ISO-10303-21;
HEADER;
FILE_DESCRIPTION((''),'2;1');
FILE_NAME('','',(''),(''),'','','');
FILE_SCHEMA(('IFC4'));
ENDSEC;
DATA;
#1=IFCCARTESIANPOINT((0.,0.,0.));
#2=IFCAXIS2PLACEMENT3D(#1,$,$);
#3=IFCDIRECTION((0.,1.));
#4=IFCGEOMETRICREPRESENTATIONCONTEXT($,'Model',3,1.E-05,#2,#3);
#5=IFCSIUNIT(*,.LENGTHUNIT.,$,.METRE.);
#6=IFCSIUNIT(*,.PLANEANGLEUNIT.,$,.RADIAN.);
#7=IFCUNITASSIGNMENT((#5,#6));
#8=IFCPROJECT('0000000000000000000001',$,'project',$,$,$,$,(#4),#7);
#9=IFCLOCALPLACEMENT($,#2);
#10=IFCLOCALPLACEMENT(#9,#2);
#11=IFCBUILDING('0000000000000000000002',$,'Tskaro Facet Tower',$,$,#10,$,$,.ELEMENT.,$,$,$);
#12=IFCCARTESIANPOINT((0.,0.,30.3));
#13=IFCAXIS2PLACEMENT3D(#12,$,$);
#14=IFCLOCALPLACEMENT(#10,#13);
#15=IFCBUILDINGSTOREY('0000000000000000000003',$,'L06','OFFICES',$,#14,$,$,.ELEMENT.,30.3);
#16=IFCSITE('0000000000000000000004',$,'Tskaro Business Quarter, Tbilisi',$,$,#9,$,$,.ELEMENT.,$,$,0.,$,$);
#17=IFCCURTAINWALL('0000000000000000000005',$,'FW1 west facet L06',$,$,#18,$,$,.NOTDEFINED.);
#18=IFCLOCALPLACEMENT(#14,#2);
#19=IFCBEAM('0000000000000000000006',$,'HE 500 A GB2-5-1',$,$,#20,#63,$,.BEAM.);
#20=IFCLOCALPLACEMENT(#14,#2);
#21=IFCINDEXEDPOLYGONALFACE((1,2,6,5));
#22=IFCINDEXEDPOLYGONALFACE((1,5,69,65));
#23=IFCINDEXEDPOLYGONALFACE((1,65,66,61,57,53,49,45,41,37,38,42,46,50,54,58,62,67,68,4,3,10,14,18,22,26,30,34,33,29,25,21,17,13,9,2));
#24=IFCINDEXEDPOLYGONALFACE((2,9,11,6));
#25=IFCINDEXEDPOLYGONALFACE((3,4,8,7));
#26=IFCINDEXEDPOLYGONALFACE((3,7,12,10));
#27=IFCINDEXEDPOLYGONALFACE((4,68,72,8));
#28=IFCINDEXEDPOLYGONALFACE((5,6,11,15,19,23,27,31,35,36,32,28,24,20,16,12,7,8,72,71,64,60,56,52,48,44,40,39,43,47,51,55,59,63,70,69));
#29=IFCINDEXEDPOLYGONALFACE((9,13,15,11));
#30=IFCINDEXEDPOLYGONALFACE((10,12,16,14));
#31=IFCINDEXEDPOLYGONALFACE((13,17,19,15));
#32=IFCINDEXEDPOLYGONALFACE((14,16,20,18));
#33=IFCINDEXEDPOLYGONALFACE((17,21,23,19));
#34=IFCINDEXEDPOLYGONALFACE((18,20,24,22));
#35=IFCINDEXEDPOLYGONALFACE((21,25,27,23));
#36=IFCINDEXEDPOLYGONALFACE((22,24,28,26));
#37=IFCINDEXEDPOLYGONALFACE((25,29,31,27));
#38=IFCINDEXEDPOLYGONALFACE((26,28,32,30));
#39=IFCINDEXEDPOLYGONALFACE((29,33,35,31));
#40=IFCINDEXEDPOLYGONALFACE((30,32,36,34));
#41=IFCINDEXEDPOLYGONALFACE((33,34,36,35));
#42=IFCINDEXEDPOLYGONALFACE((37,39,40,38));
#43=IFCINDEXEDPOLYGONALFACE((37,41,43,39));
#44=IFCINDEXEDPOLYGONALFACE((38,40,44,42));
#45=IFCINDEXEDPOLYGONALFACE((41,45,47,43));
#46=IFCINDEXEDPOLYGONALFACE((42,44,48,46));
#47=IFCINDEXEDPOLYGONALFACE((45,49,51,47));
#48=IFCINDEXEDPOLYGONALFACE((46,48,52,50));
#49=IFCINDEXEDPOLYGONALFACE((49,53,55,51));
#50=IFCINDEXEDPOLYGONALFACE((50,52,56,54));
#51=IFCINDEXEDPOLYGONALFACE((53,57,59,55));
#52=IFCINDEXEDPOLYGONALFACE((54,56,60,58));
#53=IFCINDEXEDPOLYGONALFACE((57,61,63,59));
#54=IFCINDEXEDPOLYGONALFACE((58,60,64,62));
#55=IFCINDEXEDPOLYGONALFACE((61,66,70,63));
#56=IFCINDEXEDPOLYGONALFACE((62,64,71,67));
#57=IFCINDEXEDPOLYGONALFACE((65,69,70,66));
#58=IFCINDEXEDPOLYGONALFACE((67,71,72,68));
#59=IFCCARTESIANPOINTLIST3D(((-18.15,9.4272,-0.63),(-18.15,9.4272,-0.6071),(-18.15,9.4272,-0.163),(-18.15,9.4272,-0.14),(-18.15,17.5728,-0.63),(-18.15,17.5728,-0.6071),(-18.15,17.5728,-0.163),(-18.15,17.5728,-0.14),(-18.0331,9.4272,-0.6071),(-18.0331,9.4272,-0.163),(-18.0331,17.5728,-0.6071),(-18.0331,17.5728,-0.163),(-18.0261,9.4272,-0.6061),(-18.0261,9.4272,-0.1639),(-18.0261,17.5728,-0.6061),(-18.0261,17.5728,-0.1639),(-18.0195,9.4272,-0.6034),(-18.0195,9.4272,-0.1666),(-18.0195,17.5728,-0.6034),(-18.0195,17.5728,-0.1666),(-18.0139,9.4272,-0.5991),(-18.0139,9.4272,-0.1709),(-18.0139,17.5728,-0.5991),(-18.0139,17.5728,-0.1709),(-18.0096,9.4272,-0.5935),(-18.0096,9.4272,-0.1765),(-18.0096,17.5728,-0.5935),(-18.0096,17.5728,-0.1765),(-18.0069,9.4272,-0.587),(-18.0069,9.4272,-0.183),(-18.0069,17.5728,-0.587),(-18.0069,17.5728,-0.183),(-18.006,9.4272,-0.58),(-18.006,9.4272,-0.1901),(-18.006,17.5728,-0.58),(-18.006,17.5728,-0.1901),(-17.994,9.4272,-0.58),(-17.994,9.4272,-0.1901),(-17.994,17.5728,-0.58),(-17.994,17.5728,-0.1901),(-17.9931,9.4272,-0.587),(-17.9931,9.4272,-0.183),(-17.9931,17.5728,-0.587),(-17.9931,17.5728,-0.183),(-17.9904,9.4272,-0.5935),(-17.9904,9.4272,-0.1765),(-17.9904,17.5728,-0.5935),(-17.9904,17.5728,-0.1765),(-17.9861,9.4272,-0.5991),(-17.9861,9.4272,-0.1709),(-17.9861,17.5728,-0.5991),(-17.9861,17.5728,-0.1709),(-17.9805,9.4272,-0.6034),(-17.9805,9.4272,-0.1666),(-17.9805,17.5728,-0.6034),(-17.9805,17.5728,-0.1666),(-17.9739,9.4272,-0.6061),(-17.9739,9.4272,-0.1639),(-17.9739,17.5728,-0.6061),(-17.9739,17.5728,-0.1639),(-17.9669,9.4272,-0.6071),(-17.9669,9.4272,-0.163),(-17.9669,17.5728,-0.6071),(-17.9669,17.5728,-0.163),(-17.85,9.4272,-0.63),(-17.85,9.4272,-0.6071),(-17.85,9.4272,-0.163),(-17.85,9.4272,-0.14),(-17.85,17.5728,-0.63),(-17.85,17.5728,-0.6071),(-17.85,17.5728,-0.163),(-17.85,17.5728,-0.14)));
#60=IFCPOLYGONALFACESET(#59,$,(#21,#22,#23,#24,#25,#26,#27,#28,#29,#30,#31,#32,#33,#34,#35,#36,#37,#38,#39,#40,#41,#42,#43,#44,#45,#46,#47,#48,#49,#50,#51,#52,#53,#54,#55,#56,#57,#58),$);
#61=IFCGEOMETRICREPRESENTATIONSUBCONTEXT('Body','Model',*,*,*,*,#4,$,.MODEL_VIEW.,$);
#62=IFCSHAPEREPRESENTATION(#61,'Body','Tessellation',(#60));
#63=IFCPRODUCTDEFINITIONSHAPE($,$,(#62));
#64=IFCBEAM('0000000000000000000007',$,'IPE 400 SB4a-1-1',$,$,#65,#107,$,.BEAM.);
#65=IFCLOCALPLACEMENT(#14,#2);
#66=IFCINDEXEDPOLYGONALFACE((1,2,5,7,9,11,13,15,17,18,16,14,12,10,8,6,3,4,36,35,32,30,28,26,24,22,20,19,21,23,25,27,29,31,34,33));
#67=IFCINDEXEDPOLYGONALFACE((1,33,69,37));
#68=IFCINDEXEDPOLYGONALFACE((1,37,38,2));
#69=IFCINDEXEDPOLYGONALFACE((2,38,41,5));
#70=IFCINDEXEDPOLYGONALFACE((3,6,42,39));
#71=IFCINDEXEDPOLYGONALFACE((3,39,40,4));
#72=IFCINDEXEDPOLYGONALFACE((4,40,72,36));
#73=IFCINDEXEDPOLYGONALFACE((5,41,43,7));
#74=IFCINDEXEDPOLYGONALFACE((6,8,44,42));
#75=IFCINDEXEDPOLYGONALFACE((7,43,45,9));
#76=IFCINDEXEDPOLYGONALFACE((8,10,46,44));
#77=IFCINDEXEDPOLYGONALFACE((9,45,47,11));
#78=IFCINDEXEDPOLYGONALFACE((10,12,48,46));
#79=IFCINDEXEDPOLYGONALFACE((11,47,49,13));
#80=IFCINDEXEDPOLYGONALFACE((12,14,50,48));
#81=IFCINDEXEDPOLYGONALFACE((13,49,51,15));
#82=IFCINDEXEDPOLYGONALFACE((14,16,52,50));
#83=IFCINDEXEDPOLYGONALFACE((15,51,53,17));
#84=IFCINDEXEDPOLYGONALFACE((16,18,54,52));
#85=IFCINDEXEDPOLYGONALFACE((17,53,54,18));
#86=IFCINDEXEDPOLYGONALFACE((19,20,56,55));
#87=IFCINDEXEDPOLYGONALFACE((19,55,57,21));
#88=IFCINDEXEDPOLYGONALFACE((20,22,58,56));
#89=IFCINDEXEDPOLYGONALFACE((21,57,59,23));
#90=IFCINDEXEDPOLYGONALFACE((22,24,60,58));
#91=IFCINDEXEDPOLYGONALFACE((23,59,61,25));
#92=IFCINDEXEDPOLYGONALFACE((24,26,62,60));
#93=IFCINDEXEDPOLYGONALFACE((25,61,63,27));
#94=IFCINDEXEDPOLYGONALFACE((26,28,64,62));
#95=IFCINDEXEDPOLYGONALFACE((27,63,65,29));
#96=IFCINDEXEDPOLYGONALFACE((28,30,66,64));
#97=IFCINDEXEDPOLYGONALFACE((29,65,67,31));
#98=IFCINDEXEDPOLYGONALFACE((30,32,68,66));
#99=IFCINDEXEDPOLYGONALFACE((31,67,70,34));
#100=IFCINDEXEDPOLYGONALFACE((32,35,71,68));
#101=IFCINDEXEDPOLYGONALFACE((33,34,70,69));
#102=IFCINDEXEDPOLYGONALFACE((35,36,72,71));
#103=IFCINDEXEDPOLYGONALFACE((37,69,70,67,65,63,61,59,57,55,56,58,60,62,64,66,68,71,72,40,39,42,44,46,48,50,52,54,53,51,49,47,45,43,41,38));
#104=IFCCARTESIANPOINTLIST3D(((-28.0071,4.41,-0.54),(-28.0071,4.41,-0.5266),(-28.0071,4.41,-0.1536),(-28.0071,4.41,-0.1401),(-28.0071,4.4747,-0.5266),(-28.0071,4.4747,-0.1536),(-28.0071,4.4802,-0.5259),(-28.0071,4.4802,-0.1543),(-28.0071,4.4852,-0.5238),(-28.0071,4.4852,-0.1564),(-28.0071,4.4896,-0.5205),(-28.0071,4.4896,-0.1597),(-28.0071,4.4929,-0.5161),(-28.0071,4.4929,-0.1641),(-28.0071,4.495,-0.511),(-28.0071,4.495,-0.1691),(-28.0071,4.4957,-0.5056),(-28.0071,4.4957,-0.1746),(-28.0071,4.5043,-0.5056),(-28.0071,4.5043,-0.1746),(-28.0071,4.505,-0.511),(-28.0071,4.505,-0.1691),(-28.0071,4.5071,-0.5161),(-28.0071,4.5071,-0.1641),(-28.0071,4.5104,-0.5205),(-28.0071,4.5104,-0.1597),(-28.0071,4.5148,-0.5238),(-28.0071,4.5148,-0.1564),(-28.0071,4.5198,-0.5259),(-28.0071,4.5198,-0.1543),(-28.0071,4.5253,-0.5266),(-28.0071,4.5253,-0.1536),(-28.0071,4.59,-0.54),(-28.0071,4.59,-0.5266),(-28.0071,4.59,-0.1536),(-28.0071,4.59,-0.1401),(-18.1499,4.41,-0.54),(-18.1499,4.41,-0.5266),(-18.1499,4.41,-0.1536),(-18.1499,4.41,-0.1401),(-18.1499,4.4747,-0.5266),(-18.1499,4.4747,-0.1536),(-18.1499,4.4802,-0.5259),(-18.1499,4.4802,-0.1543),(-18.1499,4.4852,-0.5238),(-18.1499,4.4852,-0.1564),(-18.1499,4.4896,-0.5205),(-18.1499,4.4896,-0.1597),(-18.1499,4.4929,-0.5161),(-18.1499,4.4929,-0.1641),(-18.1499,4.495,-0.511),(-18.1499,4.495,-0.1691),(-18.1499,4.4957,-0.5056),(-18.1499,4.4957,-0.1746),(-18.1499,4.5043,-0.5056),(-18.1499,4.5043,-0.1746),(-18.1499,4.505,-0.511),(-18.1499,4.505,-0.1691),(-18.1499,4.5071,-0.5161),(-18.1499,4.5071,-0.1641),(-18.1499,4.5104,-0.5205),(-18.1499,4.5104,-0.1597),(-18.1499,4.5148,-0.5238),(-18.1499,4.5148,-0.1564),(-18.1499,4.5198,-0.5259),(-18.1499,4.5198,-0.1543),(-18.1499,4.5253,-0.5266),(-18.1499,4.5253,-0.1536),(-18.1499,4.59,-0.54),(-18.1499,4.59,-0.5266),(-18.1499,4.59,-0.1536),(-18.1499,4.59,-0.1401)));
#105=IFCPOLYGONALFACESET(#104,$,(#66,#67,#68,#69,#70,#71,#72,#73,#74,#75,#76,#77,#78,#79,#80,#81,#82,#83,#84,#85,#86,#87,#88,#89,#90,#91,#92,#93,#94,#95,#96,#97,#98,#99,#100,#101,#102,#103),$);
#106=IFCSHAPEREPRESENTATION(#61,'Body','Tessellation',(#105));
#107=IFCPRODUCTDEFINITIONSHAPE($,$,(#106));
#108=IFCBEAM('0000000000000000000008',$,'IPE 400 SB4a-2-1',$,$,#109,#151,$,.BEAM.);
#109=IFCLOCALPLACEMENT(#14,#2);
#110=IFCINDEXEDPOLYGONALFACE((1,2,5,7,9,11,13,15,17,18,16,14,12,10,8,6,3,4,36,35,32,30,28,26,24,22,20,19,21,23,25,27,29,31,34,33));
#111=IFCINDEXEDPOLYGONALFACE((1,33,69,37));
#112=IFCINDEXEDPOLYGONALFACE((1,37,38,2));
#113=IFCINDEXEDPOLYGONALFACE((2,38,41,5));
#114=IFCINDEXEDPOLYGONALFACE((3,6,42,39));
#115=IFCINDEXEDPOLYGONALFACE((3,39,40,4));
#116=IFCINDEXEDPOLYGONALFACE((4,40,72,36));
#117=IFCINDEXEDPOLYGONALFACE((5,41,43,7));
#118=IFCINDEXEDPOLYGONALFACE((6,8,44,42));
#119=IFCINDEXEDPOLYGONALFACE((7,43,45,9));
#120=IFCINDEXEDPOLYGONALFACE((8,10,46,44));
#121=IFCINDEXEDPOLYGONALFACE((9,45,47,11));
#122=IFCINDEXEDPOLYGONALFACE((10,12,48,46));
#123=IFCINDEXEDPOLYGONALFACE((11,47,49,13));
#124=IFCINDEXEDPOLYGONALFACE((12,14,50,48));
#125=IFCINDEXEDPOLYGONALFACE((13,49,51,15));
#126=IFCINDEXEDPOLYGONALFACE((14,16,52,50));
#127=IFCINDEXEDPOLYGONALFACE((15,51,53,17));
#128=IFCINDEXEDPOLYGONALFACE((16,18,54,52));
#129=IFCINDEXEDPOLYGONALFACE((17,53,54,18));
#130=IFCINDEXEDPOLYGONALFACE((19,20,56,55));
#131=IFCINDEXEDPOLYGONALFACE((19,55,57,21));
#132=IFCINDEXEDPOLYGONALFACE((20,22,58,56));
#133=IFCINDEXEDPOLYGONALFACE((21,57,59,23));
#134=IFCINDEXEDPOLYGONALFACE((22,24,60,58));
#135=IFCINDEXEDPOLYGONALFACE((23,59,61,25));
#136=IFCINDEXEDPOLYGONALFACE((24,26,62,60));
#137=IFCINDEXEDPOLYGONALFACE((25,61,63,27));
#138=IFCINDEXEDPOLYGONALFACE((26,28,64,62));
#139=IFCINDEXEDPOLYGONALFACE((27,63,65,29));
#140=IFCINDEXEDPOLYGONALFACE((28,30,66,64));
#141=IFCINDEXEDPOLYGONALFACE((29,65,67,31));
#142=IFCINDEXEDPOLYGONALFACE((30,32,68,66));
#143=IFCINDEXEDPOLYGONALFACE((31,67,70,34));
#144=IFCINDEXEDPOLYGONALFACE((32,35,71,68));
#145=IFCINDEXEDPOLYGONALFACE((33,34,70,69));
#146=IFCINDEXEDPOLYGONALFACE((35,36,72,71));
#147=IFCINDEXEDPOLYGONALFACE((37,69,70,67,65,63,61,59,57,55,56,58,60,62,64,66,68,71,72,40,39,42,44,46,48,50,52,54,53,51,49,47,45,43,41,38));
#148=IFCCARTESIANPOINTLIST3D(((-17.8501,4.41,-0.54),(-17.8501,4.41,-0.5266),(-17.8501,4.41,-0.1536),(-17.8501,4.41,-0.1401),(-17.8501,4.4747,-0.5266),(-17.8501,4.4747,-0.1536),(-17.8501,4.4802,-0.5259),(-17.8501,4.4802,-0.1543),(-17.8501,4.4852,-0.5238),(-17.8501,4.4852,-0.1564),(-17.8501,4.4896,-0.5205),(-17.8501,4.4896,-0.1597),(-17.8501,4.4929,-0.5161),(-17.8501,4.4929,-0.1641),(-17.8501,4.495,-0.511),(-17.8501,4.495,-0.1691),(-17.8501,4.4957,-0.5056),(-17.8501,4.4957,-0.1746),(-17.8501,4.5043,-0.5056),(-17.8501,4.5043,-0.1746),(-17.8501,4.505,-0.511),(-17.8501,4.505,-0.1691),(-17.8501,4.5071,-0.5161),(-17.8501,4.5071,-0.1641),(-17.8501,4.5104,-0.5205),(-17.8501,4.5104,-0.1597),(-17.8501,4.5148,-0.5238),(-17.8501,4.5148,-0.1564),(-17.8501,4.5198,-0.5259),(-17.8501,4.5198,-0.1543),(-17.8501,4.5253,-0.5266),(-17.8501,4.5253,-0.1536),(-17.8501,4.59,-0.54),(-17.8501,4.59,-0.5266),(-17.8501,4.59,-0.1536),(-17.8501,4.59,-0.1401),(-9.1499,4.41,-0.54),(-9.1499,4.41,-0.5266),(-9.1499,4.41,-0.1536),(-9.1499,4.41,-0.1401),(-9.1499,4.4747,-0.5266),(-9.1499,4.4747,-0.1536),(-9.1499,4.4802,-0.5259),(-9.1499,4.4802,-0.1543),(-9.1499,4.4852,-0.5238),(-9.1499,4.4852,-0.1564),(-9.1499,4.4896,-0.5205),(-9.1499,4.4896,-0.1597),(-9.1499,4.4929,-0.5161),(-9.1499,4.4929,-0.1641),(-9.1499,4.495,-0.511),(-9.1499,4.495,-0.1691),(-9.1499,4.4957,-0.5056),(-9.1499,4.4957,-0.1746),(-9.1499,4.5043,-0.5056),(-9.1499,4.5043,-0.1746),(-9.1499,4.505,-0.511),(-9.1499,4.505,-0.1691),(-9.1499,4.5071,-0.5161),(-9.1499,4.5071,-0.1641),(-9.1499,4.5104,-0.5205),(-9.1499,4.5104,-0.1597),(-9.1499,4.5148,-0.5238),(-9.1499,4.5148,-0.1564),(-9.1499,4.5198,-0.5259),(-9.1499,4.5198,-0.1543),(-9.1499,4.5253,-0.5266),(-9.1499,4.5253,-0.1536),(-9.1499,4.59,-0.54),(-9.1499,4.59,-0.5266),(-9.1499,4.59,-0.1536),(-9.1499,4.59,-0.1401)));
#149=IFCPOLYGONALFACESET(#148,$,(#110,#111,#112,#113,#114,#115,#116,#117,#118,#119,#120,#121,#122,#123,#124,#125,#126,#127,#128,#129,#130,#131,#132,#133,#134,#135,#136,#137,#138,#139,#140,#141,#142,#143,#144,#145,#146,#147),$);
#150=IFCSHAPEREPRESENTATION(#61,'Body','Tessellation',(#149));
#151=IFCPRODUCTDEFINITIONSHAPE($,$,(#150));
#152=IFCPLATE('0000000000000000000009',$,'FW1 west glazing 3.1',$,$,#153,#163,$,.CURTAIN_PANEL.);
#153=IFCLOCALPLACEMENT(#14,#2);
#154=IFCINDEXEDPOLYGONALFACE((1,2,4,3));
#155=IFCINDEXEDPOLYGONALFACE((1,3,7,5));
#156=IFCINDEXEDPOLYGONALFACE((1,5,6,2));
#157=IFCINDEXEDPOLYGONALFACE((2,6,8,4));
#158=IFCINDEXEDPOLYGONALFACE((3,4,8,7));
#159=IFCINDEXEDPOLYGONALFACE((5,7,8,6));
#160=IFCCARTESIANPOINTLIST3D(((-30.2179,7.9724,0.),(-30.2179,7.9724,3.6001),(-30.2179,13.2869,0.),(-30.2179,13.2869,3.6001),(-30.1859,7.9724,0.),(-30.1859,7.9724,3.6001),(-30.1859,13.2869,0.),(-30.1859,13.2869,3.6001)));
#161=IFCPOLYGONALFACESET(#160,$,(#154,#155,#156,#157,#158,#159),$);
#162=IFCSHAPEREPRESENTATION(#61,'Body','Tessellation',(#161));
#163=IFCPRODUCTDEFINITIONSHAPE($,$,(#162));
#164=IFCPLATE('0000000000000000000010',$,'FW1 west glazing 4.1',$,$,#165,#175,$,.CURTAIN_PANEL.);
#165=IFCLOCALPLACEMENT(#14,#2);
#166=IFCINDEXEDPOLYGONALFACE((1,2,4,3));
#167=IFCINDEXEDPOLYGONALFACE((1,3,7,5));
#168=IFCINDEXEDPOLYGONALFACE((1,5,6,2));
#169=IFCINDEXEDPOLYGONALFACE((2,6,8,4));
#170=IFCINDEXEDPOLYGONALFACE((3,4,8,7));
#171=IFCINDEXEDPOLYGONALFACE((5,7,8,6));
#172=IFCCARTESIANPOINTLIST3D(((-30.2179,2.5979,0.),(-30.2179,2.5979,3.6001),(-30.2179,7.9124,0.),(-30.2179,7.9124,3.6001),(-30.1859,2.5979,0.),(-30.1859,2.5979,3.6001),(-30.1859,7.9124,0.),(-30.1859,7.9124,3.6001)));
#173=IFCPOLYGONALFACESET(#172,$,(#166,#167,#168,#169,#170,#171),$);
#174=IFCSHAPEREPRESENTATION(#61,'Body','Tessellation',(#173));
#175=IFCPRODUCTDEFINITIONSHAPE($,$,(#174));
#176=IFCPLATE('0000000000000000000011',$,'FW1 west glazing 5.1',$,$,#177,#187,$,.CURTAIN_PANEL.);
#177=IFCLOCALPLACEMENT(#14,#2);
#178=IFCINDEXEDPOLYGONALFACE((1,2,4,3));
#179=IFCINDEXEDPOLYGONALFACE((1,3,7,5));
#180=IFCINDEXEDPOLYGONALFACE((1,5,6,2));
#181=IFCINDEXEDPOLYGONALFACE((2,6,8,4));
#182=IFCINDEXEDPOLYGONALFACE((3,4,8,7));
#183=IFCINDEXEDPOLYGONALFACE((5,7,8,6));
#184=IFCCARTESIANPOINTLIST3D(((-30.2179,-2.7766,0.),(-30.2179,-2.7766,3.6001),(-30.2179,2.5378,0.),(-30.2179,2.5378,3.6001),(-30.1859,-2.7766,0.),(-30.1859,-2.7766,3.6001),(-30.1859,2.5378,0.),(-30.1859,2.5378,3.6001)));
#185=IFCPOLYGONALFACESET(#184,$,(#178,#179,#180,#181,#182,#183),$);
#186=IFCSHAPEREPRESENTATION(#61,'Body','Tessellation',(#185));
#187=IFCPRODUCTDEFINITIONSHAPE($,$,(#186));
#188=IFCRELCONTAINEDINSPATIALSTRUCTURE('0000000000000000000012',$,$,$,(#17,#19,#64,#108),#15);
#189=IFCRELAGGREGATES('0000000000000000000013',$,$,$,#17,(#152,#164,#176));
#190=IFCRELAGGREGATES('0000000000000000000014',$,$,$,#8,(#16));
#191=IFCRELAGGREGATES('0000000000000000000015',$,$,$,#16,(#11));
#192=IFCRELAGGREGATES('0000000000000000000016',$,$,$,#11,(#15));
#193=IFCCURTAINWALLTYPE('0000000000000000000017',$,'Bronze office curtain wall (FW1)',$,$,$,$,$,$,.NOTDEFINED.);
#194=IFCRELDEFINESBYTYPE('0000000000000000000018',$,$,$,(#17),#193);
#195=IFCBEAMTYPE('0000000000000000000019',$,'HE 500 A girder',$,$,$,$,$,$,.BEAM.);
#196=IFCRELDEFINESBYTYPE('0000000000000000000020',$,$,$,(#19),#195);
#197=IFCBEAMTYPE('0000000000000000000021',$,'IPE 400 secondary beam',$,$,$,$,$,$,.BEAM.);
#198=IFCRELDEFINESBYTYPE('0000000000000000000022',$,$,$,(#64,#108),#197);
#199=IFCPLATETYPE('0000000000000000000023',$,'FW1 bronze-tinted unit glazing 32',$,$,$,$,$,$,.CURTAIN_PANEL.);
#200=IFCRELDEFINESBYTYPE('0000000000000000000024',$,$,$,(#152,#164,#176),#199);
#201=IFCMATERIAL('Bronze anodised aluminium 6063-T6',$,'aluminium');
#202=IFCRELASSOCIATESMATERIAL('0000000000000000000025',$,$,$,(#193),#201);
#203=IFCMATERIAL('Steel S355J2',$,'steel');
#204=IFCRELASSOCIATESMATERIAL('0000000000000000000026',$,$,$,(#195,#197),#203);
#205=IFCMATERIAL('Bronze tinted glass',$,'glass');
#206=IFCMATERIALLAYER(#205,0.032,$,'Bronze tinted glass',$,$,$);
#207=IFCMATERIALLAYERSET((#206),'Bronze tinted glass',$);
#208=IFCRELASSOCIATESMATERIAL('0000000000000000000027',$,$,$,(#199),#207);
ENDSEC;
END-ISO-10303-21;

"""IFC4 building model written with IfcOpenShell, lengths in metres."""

from ifc_helpers import new_model, si_unit, direction, frame, origin, origin_2d, place, context, subcontext, project, spatial, rectangle, i_section, extrude, material, layer, layer_set, material_profile, profile_set, type_object, element, aggregate, save


model = new_model("IFC4")

# Units and contexts
model_context = context("Model", 3, precision=1e-05, world=origin(), true_north=direction((0.0, 1.0)))
body_context = subcontext(model_context, "Body", "Model", "MODEL_VIEW")
ifc_project = project(units=[si_unit("LENGTHUNIT", "METRE"), si_unit("PLANEANGLEUNIT", "RADIAN")], contexts=[model_context])

# Site, building, storey
site_placement = place(None, origin())
site = spatial("IfcSite", under=ifc_project, at=site_placement, Name="Tskaro Business Quarter, Tbilisi", CompositionType="ELEMENT", RefElevation=0.0)
building_placement = place(site_placement, origin())
building = spatial("IfcBuilding", under=site, at=building_placement, Name="Tskaro Facet Tower", CompositionType="ELEMENT")
storey_placement = place(building_placement, frame((0.0, 0.0, 30.3)))
storey = spatial("IfcBuildingStorey", under=building, at=storey_placement, Name="L06", Description="OFFICES", CompositionType="ELEMENT", Elevation=30.3)

# Curtain wall
ifc_material_1 = material(Name="Bronze anodised aluminium 6063-T6", Category="aluminium")
curtain_wall_type = type_object("IfcCurtainWallType", Name="Bronze office curtain wall (FW1)", PredefinedType="NOTDEFINED", material=ifc_material_1)
curtain_wall_placement = place(storey_placement, origin())
curtain_wall = element("IfcCurtainWall", 1, at=curtain_wall_placement, inside=storey, type_object=curtain_wall_type, Name="FW1 west facet L06", PredefinedType="NOTDEFINED")

# Beams
ifc_material_2 = material(Name="Steel S355J2", Category="steel")
ifc_material_profile_1 = material_profile(ifc_material_2, i_section(OverallWidth=0.3, OverallDepth=0.49, WebThickness=0.012, FlangeThickness=0.0229, FilletRadius=0.0271, at=origin_2d()), Name="HE 500 A")
ifc_profile_set_1 = profile_set([ifc_material_profile_1], Name="Steel S355J2")
beam_type_1 = type_object("IfcBeamType", Name="HE 500 A girder", PredefinedType="BEAM", material=ifc_profile_set_1)
for number, where, z_axis, x_axis, name in (
    (2, (-18.0, 9.4272, -0.385), (0.0, 1.0, 0.0), (-1.0, 0.0, 0.0), "HE 500 A GB2-5-1"),
):
    element("IfcBeam", number, at=place(storey_placement, frame(where, z_axis=z_axis, x_axis=x_axis)), inside=storey, type_object=beam_type_1, Name=name, PredefinedType="BEAM", context=body_context, shape_type="SweptSolid", body=[
        extrude(i_section(OverallWidth=0.3, OverallDepth=0.49, WebThickness=0.012, FlangeThickness=0.0229, FilletRadius=0.0271, at=origin_2d()), origin(), (0.0, 0.0, 1.0), 8.1455),
    ])
ifc_material_profile_2 = material_profile(ifc_material_2, i_section(OverallWidth=0.1799, OverallDepth=0.3999, WebThickness=0.0085, FlangeThickness=0.0134, FilletRadius=0.021, at=origin_2d()), Name="IPE 400")
ifc_profile_set_2 = profile_set([ifc_material_profile_2], Name="Steel S355J2")
beam_type_2 = type_object("IfcBeamType", Name="IPE 400 secondary beam", PredefinedType="BEAM", material=ifc_profile_set_2)
beam_1_placement = place(storey_placement, frame((-28.0071, 4.5, -0.3401), z_axis=(1.0, 0.0, 0.0), x_axis=(0.0, 1.0, 0.0)))
element("IfcBeam", 3, at=beam_1_placement, inside=storey, type_object=beam_type_2, Name="IPE 400 SB4a-1-1", PredefinedType="BEAM", context=body_context, shape_type="SweptSolid", body=[
    extrude(i_section(OverallWidth=0.1799, OverallDepth=0.3999, WebThickness=0.0085, FlangeThickness=0.0134, FilletRadius=0.021, at=origin_2d()), origin(), (0.0, 0.0, 1.0), 9.8572),
])
beam_2_placement = place(storey_placement, frame((-17.8501, 4.5, -0.3401), z_axis=(1.0, 0.0, 0.0), x_axis=(0.0, 1.0, 0.0)))
element("IfcBeam", 4, at=beam_2_placement, inside=storey, type_object=beam_type_2, Name="IPE 400 SB4a-2-1", PredefinedType="BEAM", context=body_context, shape_type="SweptSolid", body=[
    extrude(i_section(OverallWidth=0.1799, OverallDepth=0.3999, WebThickness=0.0085, FlangeThickness=0.0134, FilletRadius=0.021, at=origin_2d()), origin(), (0.0, 0.0, 1.0), 8.7002),
])

# Plates
ifc_material_3 = material(Name="Bronze tinted glass", Category="glass")
ifc_layer_1 = layer(ifc_material_3, 0.032, Name="Bronze tinted glass")
ifc_layer_set_1 = layer_set([ifc_layer_1], Name="Bronze tinted glass")
plate_type = type_object("IfcPlateType", Name="FW1 bronze-tinted unit glazing 32", PredefinedType="CURTAIN_PANEL", material=ifc_layer_set_1)
plate_1_placement = place(storey_placement, frame((-30.2019, 10.6296, 0.0), z_axis=(0.0, 0.0, 1.0), x_axis=(0.0, -1.0, 0.0)))
plate_1 = element("IfcPlate", 5, at=plate_1_placement, type_object=plate_type, Name="FW1 west glazing 3.1", PredefinedType="CURTAIN_PANEL", context=body_context, shape_type="SweptSolid", body=[
    extrude(rectangle(XDim=5.3145, YDim=0.032, at=origin_2d()), origin(), (0.0, 0.0, 1.0), 3.6001),
])
plate_2_placement = place(storey_placement, frame((-30.2019, 5.2551, 0.0), z_axis=(0.0, 0.0, 1.0), x_axis=(0.0, -1.0, 0.0)))
plate_2 = element("IfcPlate", 6, at=plate_2_placement, type_object=plate_type, Name="FW1 west glazing 4.1", PredefinedType="CURTAIN_PANEL", context=body_context, shape_type="SweptSolid", body=[
    extrude(rectangle(XDim=5.3145, YDim=0.032, at=origin_2d()), origin(), (0.0, 0.0, 1.0), 3.6001),
])
plate_3_placement = place(storey_placement, frame((-30.2019, -0.1194, 0.0), z_axis=(0.0, 0.0, 1.0), x_axis=(0.0, -1.0, 0.0)))
plate_3 = element("IfcPlate", 7, at=plate_3_placement, type_object=plate_type, Name="FW1 west glazing 5.1", PredefinedType="CURTAIN_PANEL", context=body_context, shape_type="SweptSolid", body=[
    extrude(rectangle(XDim=5.3145, YDim=0.032, at=origin_2d()), origin(), (0.0, 0.0, 1.0), 3.6001),
])
aggregate(curtain_wall, [plate_1, plate_2, plate_3])

save(model, "model.ifc")
